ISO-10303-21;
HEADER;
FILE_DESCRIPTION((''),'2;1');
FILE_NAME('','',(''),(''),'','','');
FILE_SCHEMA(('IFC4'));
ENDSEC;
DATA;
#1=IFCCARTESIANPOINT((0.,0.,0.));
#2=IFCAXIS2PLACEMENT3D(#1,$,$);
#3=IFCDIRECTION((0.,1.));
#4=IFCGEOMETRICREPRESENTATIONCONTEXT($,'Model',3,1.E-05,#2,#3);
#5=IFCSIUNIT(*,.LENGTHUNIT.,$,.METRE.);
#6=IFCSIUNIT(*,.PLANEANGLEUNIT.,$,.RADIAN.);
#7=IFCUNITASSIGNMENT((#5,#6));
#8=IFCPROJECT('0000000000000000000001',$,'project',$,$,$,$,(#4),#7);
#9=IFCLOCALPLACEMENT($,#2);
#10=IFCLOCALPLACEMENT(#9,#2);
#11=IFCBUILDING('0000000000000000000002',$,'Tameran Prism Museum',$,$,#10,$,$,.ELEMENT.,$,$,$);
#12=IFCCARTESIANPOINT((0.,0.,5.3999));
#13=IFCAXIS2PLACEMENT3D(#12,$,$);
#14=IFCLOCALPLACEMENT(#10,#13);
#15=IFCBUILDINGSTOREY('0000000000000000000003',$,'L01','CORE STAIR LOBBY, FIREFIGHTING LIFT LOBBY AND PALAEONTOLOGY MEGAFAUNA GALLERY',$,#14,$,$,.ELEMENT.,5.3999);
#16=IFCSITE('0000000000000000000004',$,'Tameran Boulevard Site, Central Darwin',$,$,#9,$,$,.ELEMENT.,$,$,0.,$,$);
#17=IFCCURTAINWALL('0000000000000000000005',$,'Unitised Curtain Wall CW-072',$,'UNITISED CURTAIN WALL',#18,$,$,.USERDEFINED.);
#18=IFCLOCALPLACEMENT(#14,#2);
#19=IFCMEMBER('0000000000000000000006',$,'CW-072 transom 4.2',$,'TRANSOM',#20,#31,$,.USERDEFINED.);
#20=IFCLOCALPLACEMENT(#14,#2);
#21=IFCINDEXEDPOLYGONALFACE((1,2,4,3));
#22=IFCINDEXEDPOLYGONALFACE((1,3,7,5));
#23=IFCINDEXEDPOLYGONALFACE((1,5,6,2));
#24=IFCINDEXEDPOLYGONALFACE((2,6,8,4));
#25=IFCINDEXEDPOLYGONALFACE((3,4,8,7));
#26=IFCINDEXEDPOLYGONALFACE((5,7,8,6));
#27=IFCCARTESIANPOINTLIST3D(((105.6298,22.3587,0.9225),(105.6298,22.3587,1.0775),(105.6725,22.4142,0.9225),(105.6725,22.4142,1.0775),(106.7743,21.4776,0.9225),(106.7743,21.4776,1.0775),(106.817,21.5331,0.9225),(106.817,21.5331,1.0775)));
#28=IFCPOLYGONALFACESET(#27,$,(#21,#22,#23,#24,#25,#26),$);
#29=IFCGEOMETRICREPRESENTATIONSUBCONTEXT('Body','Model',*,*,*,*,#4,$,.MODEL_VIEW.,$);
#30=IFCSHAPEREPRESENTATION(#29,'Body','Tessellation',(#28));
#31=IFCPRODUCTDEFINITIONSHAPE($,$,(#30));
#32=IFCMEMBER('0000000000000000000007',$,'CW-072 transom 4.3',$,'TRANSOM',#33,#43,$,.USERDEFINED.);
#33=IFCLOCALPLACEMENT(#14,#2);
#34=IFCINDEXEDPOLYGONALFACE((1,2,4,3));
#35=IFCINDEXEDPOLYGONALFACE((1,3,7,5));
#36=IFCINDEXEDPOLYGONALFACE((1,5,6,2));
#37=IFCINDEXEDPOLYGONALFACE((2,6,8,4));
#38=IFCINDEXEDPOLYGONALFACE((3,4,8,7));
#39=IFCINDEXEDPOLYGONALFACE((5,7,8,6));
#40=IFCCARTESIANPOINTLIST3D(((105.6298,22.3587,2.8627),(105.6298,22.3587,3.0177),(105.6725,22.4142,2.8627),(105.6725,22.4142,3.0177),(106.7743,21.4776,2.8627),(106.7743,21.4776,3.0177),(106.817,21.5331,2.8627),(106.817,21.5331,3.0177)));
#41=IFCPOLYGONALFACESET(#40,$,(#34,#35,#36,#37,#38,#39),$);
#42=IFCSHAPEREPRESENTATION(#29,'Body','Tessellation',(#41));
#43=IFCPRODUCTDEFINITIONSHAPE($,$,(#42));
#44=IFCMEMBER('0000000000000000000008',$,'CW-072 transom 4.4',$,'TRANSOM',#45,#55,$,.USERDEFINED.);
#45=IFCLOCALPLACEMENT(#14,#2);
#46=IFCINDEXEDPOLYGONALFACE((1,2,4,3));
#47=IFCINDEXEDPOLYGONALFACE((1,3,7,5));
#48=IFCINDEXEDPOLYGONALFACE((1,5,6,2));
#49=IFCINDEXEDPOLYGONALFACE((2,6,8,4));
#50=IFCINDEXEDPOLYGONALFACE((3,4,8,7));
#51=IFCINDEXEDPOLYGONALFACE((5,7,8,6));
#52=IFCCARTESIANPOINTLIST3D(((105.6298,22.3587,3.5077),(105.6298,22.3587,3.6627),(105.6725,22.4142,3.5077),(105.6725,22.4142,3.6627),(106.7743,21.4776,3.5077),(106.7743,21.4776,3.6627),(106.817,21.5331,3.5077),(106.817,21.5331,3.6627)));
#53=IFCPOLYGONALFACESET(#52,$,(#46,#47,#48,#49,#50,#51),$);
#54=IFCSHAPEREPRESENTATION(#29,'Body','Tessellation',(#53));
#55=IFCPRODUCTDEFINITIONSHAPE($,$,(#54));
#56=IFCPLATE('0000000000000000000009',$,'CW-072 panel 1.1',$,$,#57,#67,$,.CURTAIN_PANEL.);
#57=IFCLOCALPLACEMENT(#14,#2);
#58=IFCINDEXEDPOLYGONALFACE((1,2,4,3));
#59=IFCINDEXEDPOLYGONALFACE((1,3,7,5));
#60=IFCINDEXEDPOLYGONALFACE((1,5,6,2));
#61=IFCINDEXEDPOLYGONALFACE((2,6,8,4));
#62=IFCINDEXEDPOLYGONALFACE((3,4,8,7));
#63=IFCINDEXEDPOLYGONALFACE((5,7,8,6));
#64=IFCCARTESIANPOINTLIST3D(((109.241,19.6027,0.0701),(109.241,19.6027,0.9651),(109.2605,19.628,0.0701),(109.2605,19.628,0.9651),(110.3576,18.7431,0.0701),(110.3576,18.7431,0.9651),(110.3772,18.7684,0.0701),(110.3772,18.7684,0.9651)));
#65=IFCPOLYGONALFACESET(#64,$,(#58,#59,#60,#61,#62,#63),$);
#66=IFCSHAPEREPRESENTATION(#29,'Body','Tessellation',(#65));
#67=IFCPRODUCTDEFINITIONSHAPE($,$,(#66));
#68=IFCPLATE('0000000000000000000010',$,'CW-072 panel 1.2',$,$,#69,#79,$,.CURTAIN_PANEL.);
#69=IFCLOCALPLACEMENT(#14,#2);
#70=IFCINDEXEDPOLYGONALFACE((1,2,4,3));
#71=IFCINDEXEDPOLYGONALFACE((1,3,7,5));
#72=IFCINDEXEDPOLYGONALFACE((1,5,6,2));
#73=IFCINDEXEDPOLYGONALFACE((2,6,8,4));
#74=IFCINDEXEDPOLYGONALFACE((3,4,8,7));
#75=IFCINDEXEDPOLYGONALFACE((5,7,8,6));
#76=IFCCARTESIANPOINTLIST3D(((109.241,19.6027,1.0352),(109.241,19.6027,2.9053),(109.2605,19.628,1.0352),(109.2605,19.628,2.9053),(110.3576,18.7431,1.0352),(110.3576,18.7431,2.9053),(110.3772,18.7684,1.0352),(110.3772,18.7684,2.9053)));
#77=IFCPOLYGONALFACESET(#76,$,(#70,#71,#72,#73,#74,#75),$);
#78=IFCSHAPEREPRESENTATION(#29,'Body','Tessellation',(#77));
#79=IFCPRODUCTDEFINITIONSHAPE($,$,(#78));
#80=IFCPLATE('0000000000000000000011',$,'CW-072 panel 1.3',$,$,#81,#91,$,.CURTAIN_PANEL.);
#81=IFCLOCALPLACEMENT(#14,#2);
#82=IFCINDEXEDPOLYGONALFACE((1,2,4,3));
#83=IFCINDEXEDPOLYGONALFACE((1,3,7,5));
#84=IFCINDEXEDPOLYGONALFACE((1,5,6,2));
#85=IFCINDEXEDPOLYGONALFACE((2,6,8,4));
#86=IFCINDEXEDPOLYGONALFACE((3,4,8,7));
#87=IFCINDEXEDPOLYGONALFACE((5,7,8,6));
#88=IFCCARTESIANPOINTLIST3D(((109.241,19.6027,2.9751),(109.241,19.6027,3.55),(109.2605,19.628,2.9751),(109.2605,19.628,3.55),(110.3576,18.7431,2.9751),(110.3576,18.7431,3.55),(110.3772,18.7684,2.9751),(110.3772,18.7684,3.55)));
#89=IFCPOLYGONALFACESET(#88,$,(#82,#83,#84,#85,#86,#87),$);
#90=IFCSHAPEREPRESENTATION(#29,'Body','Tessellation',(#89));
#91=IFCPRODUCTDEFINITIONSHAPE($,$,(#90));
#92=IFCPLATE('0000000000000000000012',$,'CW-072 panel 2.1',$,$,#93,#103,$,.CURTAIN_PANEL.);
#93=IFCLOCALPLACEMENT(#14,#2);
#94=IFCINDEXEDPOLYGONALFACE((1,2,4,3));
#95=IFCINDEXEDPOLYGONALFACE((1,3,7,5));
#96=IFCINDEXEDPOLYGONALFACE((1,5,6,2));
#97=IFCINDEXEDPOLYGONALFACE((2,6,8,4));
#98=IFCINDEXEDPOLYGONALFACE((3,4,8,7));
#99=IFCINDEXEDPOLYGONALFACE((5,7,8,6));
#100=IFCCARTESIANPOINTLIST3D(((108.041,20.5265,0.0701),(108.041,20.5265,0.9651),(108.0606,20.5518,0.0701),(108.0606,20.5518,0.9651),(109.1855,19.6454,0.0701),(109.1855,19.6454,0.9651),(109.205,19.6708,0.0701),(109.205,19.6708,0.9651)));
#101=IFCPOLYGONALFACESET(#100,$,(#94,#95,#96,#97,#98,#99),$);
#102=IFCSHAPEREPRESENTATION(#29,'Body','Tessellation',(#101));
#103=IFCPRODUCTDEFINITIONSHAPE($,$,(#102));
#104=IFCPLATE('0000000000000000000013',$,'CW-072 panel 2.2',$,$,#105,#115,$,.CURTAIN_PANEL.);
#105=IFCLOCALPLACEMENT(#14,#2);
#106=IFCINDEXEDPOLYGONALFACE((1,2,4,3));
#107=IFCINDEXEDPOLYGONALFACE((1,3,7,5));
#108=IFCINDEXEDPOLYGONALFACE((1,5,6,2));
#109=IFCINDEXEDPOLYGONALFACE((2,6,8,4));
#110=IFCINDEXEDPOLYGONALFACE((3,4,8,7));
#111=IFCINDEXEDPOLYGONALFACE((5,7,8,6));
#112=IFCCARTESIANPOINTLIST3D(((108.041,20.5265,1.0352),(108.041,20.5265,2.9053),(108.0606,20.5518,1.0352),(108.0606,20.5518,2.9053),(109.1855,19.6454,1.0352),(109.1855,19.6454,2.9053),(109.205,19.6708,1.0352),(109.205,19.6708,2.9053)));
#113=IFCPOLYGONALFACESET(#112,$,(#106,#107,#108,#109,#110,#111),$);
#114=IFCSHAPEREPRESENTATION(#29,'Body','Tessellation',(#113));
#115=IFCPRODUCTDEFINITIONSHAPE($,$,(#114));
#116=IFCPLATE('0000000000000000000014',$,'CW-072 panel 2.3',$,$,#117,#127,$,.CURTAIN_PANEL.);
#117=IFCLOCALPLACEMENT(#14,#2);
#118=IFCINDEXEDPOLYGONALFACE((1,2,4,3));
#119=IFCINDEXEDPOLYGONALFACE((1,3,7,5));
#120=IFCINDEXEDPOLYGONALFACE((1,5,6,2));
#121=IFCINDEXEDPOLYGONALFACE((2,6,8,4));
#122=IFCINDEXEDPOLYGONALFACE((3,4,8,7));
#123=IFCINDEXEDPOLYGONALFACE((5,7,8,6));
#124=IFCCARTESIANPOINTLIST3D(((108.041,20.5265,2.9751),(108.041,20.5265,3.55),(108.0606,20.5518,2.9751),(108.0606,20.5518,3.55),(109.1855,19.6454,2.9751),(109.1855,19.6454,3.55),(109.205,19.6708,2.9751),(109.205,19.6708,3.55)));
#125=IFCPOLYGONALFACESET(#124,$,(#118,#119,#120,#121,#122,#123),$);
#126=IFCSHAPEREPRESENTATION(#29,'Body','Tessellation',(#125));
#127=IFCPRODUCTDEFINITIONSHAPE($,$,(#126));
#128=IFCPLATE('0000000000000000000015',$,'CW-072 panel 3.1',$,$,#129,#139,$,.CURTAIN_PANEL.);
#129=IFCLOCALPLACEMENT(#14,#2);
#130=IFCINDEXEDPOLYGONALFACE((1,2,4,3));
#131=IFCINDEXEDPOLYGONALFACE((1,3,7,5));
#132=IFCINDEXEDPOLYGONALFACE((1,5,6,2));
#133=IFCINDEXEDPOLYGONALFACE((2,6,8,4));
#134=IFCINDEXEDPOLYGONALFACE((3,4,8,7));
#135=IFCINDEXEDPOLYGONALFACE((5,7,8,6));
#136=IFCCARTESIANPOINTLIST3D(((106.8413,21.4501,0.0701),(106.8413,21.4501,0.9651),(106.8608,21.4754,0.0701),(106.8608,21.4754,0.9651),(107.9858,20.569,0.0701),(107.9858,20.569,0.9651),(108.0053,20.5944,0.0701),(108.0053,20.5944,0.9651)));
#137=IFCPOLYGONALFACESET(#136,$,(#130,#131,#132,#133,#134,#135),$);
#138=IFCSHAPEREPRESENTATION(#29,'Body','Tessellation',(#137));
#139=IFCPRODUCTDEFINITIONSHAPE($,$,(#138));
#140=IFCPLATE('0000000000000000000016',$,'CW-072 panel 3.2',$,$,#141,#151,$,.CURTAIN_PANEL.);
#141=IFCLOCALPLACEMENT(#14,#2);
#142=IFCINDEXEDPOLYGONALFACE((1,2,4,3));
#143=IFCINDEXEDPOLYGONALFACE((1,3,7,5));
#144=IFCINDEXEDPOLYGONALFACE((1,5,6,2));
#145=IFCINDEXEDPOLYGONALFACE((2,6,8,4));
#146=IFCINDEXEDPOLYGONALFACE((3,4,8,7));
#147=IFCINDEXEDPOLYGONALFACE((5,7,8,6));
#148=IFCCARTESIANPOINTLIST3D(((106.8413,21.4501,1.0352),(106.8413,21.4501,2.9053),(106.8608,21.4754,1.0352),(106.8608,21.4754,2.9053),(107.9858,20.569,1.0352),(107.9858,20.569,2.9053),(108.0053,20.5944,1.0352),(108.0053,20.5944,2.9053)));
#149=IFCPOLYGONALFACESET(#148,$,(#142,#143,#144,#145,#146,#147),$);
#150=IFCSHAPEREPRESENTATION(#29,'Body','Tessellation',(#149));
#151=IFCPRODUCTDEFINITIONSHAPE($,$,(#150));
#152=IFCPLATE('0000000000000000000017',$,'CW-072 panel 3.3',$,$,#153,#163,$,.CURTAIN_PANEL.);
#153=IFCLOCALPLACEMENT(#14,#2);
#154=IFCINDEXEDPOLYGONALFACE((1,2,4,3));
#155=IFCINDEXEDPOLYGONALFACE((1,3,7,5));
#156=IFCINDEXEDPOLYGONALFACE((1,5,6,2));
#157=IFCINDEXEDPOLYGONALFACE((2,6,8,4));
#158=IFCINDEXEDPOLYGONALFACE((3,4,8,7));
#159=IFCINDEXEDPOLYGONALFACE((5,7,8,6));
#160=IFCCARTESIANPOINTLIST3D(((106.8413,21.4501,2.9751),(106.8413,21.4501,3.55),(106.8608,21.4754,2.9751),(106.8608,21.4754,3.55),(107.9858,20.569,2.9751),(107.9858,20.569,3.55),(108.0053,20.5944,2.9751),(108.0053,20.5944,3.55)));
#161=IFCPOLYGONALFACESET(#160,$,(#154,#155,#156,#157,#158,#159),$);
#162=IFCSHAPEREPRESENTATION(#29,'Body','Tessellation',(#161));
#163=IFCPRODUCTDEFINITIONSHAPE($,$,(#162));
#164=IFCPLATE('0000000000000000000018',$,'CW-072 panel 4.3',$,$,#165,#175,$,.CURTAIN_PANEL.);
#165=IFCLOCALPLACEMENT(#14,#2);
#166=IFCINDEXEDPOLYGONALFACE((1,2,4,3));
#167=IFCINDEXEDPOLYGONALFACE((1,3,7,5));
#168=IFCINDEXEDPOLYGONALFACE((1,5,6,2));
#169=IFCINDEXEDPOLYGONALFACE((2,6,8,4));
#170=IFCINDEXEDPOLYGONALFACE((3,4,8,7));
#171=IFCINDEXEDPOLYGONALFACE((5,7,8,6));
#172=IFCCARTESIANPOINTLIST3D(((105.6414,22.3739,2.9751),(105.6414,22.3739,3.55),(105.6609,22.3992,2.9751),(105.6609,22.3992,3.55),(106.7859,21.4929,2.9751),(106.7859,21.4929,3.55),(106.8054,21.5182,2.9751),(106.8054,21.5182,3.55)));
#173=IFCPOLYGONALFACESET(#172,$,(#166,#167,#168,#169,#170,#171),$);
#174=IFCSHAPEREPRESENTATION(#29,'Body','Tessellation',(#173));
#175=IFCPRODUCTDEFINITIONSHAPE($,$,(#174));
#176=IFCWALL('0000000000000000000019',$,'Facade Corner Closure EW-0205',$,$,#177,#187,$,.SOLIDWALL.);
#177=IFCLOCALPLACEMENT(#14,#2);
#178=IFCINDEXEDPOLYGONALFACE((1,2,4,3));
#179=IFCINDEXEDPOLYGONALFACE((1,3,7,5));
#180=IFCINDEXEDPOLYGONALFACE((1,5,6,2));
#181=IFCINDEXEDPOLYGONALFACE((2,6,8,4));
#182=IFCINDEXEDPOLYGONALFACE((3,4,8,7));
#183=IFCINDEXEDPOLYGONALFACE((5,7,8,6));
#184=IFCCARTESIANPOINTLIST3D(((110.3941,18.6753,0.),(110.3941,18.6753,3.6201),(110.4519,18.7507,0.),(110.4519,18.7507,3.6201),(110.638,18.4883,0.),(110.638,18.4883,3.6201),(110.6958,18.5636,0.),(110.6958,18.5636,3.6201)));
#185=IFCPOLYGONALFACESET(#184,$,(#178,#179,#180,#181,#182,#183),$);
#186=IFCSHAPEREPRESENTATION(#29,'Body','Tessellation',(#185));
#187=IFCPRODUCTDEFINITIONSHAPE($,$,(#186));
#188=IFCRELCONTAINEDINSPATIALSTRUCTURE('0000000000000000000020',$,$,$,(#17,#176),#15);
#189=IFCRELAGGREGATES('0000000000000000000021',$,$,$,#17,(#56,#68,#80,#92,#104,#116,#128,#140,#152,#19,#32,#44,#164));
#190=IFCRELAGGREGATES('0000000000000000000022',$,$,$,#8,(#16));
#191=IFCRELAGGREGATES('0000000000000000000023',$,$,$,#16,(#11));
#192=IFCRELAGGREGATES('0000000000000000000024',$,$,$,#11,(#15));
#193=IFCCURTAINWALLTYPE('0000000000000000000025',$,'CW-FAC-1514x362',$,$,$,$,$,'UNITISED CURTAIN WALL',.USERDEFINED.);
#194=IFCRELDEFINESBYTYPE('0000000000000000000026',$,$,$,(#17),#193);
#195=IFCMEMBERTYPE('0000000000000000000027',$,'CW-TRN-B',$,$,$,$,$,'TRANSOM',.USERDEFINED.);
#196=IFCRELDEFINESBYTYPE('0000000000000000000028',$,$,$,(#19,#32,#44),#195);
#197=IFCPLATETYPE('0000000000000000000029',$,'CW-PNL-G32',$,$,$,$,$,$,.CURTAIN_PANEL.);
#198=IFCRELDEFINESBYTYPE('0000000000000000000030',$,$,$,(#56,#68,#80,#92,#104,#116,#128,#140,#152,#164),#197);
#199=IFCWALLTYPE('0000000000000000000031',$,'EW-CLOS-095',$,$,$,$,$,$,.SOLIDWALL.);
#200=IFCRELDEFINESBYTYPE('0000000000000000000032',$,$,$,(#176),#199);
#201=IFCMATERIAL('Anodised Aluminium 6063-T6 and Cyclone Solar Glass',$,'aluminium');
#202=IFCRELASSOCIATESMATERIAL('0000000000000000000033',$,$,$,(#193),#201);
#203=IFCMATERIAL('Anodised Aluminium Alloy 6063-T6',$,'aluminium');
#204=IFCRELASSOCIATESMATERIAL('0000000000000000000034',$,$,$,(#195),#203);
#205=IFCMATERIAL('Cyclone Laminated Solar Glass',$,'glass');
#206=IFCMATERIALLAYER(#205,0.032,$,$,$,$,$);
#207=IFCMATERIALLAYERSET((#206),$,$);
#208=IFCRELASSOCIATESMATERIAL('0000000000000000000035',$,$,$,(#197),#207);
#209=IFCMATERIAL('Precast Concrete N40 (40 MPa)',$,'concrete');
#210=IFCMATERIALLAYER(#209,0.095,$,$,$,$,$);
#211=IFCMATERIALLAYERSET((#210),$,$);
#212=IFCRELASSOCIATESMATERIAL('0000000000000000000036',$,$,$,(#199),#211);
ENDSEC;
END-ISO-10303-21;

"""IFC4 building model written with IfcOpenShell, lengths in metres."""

from ifc_helpers import new_model, si_unit, direction, frame, frame_2d, origin, origin_2d, place, context, subcontext, project, spatial, rectangle, extrude, material, layer, layer_set, material_profile, profile_set, type_object, element, aggregate, save


model = new_model("IFC4")

# Units and contexts
model_context = context("Model", 3, precision=1e-05, world=origin(), true_north=direction((0.0, 1.0)))
body_context = subcontext(model_context, "Body", "Model", "MODEL_VIEW")
ifc_project = project(units=[si_unit("LENGTHUNIT", "METRE"), si_unit("PLANEANGLEUNIT", "RADIAN")], contexts=[model_context])

# Site, building, storey
site_placement = place(None, origin())
site = spatial("IfcSite", under=ifc_project, at=site_placement, Name="Tameran Boulevard Site, Central Darwin", CompositionType="ELEMENT", RefElevation=0.0)
building_placement = place(site_placement, origin())
building = spatial("IfcBuilding", under=site, at=building_placement, Name="Tameran Prism Museum", CompositionType="ELEMENT")
storey_placement = place(building_placement, frame((0.0, 0.0, 5.3999)))
storey = spatial("IfcBuildingStorey", under=building, at=storey_placement, Name="L01", Description="CORE STAIR LOBBY, FIREFIGHTING LIFT LOBBY AND PALAEONTOLOGY MEGAFAUNA GALLERY", CompositionType="ELEMENT", Elevation=5.3999)

# Curtain wall, members, plates
ifc_material_1 = material(Name="Anodised Aluminium 6063-T6 and Cyclone Solar Glass", Category="aluminium")
curtain_wall_type = type_object("IfcCurtainWallType", Name="CW-FAC-1514x362", ElementType="UNITISED CURTAIN WALL", PredefinedType="USERDEFINED", material=ifc_material_1)
curtain_wall_placement = place(storey_placement, origin())
curtain_wall = element("IfcCurtainWall", 1, at=curtain_wall_placement, inside=storey, type_object=curtain_wall_type, Name="Unitised Curtain Wall CW-072", ObjectType="UNITISED CURTAIN WALL", PredefinedType="USERDEFINED")
ifc_material_2 = material(Name="Anodised Aluminium Alloy 6063-T6", Category="aluminium")
ifc_material_profile_1 = material_profile(ifc_material_2, rectangle(XDim=0.0701, YDim=0.155, at=origin_2d()))
ifc_profile_set_1 = profile_set([ifc_material_profile_1])
member_type_1 = type_object("IfcMemberType", Name="CW-TRN-B", ElementType="TRANSOM", PredefinedType="USERDEFINED", material=ifc_profile_set_1)
member_1_placement = place(storey_placement, frame((106.7957, 21.5054, 1.0), z_axis=(-0.792391, 0.610013, 0.0), x_axis=(-0.610013, -0.792391, 0.0)))
member_1 = element("IfcMember", 2, at=member_1_placement, type_object=member_type_1, Name="CW-072 transom 4.2", ObjectType="TRANSOM", PredefinedType="USERDEFINED", context=body_context, shape_type="SweptSolid", body=[
    extrude(rectangle(XDim=0.0701, YDim=0.155, at=origin_2d()), origin(), (0.0, 0.0, 1.0), 1.4443),
])
member_2_placement = place(storey_placement, frame((106.7957, 21.5054, 2.9402), z_axis=(-0.792391, 0.610013, 0.0), x_axis=(-0.610013, -0.792391, 0.0)))
member_2 = element("IfcMember", 3, at=member_2_placement, type_object=member_type_1, Name="CW-072 transom 4.3", ObjectType="TRANSOM", PredefinedType="USERDEFINED", context=body_context, shape_type="SweptSolid", body=[
    extrude(rectangle(XDim=0.0701, YDim=0.155, at=origin_2d()), origin(), (0.0, 0.0, 1.0), 1.4443),
])
member_3_placement = place(storey_placement, frame((106.7957, 21.5054, 3.5852), z_axis=(-0.792391, 0.610013, 0.0), x_axis=(-0.610013, -0.792391, 0.0)))
member_3 = element("IfcMember", 4, at=member_3_placement, type_object=member_type_1, Name="CW-072 transom 4.4", ObjectType="TRANSOM", PredefinedType="USERDEFINED", context=body_context, shape_type="SweptSolid", body=[
    extrude(rectangle(XDim=0.0701, YDim=0.155, at=origin_2d()), origin(), (0.0, 0.0, 1.0), 1.4443),
])
ifc_material_3 = material(Name="Cyclone Laminated Solar Glass", Category="glass")
ifc_layer_1 = layer(ifc_material_3, 0.032)
ifc_layer_set_1 = layer_set([ifc_layer_1])
plate_type = type_object("IfcPlateType", Name="CW-PNL-G32", PredefinedType="CURTAIN_PANEL", material=ifc_layer_set_1)
plate_1_placement = place(storey_placement, frame((109.8091, 19.1855, 0.0701), z_axis=(0.0, 0.0, 1.0), x_axis=(-0.792401, 0.610001, 0.0)))
plate_1 = element("IfcPlate", 5, at=plate_1_placement, type_object=plate_type, Name="CW-072 panel 1.1", PredefinedType="CURTAIN_PANEL", context=body_context, shape_type="SweptSolid", body=[
    extrude(rectangle(XDim=1.4092, YDim=0.032, at=origin_2d()), origin(), (0.0, 0.0, 1.0), 0.895),
])
plate_2_placement = place(storey_placement, frame((109.8091, 19.1855, 1.0352), z_axis=(0.0, 0.0, 1.0), x_axis=(-0.792401, 0.610001, 0.0)))
plate_2 = element("IfcPlate", 6, at=plate_2_placement, type_object=plate_type, Name="CW-072 panel 1.2", PredefinedType="CURTAIN_PANEL", context=body_context, shape_type="SweptSolid", body=[
    extrude(rectangle(XDim=1.4092, YDim=0.032, at=origin_2d()), origin(), (0.0, 0.0, 1.0), 1.8701),
])
plate_3_placement = place(storey_placement, frame((109.8091, 19.1855, 2.9751), z_axis=(0.0, 0.0, 1.0), x_axis=(-0.792401, 0.610001, 0.0)))
plate_3 = element("IfcPlate", 7, at=plate_3_placement, type_object=plate_type, Name="CW-072 panel 1.3", PredefinedType="CURTAIN_PANEL", context=body_context, shape_type="SweptSolid", body=[
    extrude(rectangle(XDim=1.4092, YDim=0.032, at=origin_2d()), origin(), (0.0, 0.0, 1.0), 0.575),
])
plate_4_placement = place(storey_placement, frame((108.623, 20.0986, 0.0701), z_axis=(0.0, 0.0, 1.0), x_axis=(-0.792401, 0.610001, 0.0)))
plate_4 = element("IfcPlate", 8, at=plate_4_placement, type_object=plate_type, Name="CW-072 panel 2.1", PredefinedType="CURTAIN_PANEL", context=body_context, shape_type="SweptSolid", body=[
    extrude(rectangle(XDim=1.4443, YDim=0.032, at=origin_2d()), origin(), (0.0, 0.0, 1.0), 0.895),
])
plate_5_placement = place(storey_placement, frame((108.623, 20.0986, 1.0352), z_axis=(0.0, 0.0, 1.0), x_axis=(-0.792401, 0.610001, 0.0)))
plate_5 = element("IfcPlate", 9, at=plate_5_placement, type_object=plate_type, Name="CW-072 panel 2.2", PredefinedType="CURTAIN_PANEL", context=body_context, shape_type="SweptSolid", body=[
    extrude(rectangle(XDim=1.4443, YDim=0.032, at=origin_2d()), origin(), (0.0, 0.0, 1.0), 1.8701),
])
plate_6_placement = place(storey_placement, frame((108.623, 20.0986, 2.9751), z_axis=(0.0, 0.0, 1.0), x_axis=(-0.792401, 0.610001, 0.0)))
plate_6 = element("IfcPlate", 10, at=plate_6_placement, type_object=plate_type, Name="CW-072 panel 2.3", PredefinedType="CURTAIN_PANEL", context=body_context, shape_type="SweptSolid", body=[
    extrude(rectangle(XDim=1.4443, YDim=0.032, at=origin_2d()), origin(), (0.0, 0.0, 1.0), 0.575),
])
plate_7_placement = place(storey_placement, frame((107.4233, 21.0222, 0.0701), z_axis=(0.0, 0.0, 1.0), x_axis=(-0.792401, 0.610001, 0.0)))
plate_7 = element("IfcPlate", 11, at=plate_7_placement, type_object=plate_type, Name="CW-072 panel 3.1", PredefinedType="CURTAIN_PANEL", context=body_context, shape_type="SweptSolid", body=[
    extrude(rectangle(XDim=1.4443, YDim=0.032, at=origin_2d()), origin(), (0.0, 0.0, 1.0), 0.895),
])
plate_8_placement = place(storey_placement, frame((107.4233, 21.0222, 1.0352), z_axis=(0.0, 0.0, 1.0), x_axis=(-0.792401, 0.610001, 0.0)))
plate_8 = element("IfcPlate", 12, at=plate_8_placement, type_object=plate_type, Name="CW-072 panel 3.2", PredefinedType="CURTAIN_PANEL", context=body_context, shape_type="SweptSolid", body=[
    extrude(rectangle(XDim=1.4443, YDim=0.032, at=origin_2d()), origin(), (0.0, 0.0, 1.0), 1.8701),
])
plate_9_placement = place(storey_placement, frame((107.4233, 21.0222, 2.9751), z_axis=(0.0, 0.0, 1.0), x_axis=(-0.792401, 0.610001, 0.0)))
plate_9 = element("IfcPlate", 13, at=plate_9_placement, type_object=plate_type, Name="CW-072 panel 3.3", PredefinedType="CURTAIN_PANEL", context=body_context, shape_type="SweptSolid", body=[
    extrude(rectangle(XDim=1.4443, YDim=0.032, at=origin_2d()), origin(), (0.0, 0.0, 1.0), 0.575),
])
plate_10_placement = place(storey_placement, frame((106.2234, 21.946, 2.9751), z_axis=(0.0, 0.0, 1.0), x_axis=(-0.792401, 0.610001, 0.0)))
plate_10 = element("IfcPlate", 14, at=plate_10_placement, type_object=plate_type, Name="CW-072 panel 4.3", PredefinedType="CURTAIN_PANEL", context=body_context, shape_type="SweptSolid", body=[
    extrude(rectangle(XDim=1.4443, YDim=0.032, at=origin_2d()), origin(), (0.0, 0.0, 1.0), 0.575),
])
aggregate(curtain_wall, [plate_1, plate_2, plate_3, plate_4, plate_5, plate_6, plate_7, plate_8, plate_9, member_1, member_2, member_3, plate_10])

# Wall
ifc_material_4 = material(Name="Precast Concrete N40 (40 MPa)", Category="concrete")
ifc_layer_2 = layer(ifc_material_4, 0.095)
ifc_layer_set_2 = layer_set([ifc_layer_2])
wall_type = type_object("IfcWallType", Name="EW-CLOS-095", PredefinedType="SOLIDWALL", material=ifc_layer_set_2)
wall_placement = place(storey_placement, frame((110.667, 18.5259, 0.0), z_axis=(0.0, 0.0, 1.0), x_axis=(-0.793568, 0.608482, 0.0)))
element("IfcWall", 15, at=wall_placement, inside=storey, type_object=wall_type, Name="Facade Corner Closure EW-0205", PredefinedType="SOLIDWALL", context=body_context, shape_type="SweptSolid", body=[
    extrude(rectangle(XDim=0.3074, YDim=0.095, at=frame_2d((0.1538, 0.0))), origin(), (0.0, 0.0, 1.0), 3.6201),
])

save(model, "model.ifc")
